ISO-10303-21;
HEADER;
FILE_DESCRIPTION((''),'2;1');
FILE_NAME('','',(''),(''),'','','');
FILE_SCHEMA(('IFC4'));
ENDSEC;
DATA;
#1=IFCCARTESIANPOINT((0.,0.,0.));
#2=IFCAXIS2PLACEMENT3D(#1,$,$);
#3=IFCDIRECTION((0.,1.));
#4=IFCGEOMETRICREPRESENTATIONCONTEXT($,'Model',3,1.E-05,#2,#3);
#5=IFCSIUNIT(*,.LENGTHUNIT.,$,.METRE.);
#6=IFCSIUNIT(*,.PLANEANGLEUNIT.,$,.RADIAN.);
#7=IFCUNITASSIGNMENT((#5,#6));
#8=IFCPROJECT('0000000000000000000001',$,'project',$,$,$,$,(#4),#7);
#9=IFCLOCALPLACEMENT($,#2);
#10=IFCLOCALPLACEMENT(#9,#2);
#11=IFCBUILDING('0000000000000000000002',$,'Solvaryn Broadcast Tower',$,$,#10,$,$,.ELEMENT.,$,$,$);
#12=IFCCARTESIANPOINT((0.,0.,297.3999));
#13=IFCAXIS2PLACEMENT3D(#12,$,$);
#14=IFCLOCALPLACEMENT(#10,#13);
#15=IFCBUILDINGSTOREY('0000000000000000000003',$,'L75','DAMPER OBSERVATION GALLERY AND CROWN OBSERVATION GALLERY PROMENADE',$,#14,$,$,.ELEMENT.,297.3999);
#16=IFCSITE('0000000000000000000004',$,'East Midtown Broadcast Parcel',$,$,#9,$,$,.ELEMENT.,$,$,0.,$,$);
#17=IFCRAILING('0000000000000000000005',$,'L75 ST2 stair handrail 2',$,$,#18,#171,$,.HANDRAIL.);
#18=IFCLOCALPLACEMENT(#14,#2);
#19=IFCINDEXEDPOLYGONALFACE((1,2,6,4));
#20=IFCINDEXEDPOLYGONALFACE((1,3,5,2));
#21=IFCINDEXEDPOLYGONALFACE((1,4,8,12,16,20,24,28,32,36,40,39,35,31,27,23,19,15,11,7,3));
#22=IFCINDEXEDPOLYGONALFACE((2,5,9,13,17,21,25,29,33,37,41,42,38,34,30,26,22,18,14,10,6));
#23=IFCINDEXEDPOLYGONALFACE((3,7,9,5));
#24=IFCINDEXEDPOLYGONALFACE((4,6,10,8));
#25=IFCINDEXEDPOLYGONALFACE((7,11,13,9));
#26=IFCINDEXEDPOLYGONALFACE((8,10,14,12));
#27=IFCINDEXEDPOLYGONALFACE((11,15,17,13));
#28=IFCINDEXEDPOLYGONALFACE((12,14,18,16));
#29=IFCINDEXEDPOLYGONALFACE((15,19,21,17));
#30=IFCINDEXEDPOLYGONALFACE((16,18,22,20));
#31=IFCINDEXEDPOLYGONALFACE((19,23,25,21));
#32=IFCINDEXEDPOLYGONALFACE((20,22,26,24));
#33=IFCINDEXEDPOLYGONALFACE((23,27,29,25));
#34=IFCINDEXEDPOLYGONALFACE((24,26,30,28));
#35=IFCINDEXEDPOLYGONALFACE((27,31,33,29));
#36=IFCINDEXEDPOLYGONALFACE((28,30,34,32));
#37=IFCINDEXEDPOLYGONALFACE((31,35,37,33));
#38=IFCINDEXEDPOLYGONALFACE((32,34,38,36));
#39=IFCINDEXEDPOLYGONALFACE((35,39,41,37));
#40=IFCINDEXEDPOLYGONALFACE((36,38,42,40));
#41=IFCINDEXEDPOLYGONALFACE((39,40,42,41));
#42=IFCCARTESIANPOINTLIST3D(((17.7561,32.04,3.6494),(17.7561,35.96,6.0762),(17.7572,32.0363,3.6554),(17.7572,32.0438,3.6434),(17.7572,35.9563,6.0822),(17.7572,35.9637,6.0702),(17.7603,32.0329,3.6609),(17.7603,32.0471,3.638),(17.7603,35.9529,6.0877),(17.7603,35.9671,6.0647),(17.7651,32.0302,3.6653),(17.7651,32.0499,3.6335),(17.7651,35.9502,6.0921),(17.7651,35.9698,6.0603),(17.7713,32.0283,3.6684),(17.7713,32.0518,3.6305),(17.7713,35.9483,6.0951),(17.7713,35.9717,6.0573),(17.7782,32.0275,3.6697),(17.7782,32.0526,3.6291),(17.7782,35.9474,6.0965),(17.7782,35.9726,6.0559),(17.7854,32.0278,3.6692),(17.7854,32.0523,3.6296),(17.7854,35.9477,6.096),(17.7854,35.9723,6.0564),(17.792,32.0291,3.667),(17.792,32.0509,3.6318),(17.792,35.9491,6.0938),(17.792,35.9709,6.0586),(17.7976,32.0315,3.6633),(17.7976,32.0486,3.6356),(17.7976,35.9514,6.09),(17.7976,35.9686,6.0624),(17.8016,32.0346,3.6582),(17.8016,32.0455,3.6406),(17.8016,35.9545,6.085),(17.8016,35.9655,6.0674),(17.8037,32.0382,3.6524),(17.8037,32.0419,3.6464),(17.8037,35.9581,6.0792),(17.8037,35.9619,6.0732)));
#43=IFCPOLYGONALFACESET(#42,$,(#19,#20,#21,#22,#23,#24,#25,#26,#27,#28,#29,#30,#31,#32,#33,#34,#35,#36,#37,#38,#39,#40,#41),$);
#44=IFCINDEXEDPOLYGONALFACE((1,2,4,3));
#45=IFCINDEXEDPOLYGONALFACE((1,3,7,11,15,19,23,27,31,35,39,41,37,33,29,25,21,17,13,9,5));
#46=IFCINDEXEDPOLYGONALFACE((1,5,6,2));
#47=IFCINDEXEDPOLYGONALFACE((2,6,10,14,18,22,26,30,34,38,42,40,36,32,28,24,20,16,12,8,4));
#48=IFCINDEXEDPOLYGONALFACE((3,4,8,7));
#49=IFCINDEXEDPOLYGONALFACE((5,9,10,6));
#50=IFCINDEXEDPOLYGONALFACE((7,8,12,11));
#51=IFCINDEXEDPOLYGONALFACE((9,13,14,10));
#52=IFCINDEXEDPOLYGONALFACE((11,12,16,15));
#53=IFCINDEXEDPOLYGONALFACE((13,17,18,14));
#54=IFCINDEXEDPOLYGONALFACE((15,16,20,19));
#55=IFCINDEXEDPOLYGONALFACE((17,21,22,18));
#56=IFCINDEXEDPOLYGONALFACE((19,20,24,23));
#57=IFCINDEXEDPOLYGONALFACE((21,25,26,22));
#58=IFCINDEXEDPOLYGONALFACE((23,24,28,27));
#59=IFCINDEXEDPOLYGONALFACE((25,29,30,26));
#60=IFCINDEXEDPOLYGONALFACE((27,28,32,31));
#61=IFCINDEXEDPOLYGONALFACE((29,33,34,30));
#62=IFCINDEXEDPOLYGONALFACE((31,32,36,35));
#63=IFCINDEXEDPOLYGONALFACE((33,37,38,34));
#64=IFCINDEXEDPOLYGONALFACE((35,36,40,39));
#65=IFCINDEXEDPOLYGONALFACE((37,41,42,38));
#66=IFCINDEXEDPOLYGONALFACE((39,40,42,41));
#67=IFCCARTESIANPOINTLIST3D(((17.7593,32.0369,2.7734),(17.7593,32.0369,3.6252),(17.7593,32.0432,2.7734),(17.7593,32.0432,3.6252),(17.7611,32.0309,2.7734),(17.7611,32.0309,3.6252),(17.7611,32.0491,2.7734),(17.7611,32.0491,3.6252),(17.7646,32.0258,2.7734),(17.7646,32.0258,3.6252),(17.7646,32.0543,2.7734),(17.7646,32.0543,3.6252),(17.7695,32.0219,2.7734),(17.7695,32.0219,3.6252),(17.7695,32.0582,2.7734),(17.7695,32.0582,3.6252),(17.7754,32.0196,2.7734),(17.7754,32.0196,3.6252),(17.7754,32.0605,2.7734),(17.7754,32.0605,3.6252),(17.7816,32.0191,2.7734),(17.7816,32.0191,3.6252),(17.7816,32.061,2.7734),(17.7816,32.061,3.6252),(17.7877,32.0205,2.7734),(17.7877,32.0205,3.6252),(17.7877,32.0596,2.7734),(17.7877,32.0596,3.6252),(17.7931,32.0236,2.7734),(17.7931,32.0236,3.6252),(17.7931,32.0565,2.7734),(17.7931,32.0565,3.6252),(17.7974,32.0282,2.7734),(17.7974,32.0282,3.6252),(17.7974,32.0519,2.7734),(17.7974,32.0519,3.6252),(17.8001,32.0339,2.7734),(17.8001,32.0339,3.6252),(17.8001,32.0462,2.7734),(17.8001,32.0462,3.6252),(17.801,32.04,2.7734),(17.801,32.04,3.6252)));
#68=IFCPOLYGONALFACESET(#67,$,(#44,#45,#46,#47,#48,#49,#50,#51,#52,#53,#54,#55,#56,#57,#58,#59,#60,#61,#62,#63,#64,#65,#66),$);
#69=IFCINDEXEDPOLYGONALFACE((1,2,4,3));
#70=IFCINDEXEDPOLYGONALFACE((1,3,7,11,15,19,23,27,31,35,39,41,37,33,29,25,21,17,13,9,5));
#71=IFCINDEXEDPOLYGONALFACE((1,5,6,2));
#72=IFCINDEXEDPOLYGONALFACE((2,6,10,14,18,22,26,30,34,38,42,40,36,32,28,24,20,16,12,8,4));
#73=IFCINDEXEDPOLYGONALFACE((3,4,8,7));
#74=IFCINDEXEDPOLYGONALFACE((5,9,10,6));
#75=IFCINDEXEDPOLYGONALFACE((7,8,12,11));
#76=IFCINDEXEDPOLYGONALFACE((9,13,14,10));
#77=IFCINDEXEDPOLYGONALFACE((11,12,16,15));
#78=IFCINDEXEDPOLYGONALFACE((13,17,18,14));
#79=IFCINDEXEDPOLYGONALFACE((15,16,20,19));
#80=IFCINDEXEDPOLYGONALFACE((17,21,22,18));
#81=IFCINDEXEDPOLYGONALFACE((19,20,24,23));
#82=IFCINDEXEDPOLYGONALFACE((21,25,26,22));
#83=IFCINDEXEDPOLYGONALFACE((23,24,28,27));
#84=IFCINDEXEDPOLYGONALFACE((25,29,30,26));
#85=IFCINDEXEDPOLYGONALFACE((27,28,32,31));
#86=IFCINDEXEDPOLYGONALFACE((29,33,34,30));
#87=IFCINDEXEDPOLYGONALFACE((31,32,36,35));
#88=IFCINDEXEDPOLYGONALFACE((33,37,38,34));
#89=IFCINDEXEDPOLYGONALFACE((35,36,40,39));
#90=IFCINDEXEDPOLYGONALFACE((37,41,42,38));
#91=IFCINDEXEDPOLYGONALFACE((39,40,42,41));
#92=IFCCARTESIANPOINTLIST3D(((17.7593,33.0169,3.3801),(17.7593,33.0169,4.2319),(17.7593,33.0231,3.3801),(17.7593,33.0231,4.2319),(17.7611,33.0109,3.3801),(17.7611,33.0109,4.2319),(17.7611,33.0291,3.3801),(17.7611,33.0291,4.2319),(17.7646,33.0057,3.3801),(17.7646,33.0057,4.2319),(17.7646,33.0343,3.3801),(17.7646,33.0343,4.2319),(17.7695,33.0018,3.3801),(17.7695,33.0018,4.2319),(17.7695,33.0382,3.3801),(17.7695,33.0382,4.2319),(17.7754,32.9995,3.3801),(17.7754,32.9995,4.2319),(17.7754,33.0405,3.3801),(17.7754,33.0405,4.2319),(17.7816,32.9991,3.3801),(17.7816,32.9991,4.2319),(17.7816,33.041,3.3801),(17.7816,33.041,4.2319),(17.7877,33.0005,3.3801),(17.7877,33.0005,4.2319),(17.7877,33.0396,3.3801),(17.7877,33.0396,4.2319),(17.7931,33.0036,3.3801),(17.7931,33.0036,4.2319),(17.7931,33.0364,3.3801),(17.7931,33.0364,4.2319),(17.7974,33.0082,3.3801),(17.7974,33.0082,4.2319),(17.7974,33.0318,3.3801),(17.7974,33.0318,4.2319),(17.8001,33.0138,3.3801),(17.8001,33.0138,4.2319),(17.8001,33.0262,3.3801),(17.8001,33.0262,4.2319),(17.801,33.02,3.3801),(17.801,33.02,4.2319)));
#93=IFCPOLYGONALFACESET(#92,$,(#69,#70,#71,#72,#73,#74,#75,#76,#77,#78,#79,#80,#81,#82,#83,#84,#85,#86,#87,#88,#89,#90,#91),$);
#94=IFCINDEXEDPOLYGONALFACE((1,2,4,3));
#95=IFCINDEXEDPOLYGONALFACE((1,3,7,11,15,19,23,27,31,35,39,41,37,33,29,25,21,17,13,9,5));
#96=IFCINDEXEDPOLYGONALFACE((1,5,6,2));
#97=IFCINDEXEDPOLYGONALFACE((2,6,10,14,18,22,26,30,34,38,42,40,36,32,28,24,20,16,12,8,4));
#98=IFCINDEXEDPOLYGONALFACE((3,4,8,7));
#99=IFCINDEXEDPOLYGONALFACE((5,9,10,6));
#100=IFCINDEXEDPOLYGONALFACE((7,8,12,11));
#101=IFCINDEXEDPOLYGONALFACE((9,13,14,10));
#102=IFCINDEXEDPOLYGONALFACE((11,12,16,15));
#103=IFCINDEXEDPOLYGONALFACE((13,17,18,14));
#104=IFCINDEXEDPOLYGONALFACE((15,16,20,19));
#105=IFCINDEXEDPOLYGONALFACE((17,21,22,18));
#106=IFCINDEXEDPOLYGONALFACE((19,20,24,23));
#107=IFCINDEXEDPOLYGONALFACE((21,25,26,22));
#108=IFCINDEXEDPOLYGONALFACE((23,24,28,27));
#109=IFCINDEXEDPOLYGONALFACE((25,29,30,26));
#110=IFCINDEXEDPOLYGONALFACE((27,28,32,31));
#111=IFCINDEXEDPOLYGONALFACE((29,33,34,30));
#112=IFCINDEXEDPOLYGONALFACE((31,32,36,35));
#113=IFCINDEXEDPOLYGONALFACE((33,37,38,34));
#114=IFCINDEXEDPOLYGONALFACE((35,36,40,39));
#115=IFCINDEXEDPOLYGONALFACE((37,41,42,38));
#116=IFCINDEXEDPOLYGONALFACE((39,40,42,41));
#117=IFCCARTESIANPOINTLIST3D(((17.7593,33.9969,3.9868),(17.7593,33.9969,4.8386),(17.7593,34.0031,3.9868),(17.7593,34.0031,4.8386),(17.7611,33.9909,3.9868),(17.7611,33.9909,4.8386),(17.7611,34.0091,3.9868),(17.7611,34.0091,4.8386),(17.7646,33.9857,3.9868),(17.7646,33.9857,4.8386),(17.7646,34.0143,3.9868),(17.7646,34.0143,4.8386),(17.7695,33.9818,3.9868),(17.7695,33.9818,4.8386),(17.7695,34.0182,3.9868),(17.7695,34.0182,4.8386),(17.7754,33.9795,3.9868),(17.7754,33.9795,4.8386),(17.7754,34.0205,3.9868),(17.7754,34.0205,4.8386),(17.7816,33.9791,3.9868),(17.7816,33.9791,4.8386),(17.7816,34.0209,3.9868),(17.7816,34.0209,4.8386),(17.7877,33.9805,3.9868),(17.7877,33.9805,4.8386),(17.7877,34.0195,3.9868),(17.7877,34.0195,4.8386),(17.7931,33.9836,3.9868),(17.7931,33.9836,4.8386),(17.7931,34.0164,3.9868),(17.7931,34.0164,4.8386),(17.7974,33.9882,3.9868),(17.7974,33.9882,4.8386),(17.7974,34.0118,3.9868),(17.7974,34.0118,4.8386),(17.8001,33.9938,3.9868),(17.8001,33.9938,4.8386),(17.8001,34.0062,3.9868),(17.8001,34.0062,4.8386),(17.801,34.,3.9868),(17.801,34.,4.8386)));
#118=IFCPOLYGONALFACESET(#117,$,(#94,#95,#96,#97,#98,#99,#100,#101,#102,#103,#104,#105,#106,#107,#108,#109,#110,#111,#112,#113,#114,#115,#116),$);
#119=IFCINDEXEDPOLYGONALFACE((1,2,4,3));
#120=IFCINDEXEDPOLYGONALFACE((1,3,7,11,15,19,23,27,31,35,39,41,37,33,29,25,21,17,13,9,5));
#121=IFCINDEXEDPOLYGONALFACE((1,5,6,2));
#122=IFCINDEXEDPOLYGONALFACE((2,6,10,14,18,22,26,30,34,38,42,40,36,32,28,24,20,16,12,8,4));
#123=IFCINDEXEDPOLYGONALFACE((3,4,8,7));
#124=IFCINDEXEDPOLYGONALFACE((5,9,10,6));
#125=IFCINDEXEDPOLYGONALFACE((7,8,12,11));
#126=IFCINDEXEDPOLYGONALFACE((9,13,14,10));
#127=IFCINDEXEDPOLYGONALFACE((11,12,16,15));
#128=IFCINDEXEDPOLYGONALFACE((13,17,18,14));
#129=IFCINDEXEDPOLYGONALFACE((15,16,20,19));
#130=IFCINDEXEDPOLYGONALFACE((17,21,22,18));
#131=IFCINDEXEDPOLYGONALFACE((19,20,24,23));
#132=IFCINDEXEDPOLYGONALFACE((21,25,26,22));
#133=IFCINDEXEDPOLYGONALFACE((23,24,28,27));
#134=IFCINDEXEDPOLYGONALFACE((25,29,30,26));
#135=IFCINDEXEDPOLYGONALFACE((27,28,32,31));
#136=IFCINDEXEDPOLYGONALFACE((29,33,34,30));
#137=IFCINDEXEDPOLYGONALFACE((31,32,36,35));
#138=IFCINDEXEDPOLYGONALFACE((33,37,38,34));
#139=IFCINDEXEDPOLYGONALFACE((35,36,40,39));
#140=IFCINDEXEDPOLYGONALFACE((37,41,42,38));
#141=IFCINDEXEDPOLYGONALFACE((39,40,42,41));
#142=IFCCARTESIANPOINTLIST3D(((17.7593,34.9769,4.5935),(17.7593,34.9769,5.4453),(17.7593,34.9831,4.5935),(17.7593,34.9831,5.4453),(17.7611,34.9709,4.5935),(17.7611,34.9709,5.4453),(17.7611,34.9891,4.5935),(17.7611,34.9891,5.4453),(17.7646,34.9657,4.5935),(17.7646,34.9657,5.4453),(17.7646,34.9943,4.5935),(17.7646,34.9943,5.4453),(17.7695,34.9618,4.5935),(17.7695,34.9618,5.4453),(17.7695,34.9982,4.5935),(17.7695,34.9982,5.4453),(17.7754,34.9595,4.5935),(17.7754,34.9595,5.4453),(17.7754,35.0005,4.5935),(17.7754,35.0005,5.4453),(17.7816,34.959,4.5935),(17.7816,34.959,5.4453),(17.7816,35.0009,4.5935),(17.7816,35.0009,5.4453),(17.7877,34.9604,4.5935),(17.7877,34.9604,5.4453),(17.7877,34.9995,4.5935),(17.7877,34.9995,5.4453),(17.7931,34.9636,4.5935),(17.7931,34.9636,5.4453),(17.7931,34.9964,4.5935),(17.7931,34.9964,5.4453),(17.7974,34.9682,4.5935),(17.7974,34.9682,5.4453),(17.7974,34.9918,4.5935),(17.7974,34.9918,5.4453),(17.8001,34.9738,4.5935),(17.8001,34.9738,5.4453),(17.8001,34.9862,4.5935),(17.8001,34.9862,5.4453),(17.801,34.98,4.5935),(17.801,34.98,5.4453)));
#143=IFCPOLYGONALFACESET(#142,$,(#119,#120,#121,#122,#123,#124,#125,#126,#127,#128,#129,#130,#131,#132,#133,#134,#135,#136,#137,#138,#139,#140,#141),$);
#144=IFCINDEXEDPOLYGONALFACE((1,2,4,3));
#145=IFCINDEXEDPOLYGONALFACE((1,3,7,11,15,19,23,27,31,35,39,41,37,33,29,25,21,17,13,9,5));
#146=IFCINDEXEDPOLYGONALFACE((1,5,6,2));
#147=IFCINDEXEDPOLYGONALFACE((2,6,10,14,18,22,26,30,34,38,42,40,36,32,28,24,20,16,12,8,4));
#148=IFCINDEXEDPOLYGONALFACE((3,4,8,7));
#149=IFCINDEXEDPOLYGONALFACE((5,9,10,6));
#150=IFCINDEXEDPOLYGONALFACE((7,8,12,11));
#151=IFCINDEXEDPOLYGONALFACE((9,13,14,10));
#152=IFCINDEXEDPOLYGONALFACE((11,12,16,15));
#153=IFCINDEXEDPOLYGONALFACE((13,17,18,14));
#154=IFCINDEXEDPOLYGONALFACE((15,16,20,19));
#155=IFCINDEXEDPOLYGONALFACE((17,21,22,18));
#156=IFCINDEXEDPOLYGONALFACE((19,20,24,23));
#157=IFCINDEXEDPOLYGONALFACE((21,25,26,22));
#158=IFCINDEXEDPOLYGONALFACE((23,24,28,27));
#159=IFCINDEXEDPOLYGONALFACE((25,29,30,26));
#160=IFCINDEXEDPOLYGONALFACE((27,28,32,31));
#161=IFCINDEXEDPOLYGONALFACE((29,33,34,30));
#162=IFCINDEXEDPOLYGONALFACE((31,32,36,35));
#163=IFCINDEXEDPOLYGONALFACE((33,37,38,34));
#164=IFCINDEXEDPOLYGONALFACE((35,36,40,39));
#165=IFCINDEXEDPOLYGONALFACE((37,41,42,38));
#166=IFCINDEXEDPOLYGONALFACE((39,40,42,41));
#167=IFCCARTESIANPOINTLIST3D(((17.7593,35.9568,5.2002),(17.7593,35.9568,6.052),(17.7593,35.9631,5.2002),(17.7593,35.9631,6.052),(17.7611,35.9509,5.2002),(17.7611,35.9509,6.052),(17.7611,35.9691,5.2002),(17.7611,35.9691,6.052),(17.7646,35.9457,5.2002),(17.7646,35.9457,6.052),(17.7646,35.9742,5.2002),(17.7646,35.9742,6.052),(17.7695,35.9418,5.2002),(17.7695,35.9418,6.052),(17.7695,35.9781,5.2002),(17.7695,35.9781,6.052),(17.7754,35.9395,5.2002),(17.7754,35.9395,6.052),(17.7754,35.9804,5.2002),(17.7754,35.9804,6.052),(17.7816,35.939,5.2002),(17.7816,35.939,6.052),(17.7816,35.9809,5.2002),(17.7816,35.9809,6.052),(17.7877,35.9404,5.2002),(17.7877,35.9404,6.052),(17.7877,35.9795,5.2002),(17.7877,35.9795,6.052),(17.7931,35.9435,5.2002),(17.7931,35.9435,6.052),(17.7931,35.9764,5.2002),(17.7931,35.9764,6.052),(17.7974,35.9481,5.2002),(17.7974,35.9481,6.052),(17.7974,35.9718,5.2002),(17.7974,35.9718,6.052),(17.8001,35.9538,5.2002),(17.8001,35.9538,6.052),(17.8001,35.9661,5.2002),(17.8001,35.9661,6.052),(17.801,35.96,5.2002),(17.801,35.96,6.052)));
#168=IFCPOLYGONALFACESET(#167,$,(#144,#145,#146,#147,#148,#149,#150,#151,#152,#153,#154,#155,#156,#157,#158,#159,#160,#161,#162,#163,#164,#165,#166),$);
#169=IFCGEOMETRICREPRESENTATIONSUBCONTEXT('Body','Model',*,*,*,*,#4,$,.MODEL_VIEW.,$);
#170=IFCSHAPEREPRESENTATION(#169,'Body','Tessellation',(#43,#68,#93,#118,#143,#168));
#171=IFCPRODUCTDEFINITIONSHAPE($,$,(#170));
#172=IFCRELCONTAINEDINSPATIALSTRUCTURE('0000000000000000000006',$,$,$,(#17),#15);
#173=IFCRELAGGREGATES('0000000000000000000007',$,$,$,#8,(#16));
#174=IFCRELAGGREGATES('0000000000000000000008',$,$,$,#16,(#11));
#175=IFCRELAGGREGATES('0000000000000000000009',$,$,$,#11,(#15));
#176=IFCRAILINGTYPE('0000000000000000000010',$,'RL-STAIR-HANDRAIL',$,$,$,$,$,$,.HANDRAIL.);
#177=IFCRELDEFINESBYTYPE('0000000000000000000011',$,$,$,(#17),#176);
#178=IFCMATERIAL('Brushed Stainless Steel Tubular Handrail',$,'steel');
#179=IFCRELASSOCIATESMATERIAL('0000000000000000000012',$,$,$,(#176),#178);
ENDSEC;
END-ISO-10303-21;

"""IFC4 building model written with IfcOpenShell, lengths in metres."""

from ifc_helpers import new_model, si_unit, direction, frame, origin, origin_2d, place, context, subcontext, project, spatial, circle, extrude, material, type_object, element, save


model = new_model("IFC4")

# Units and contexts
model_context = context("Model", 3, precision=1e-05, world=origin(), true_north=direction((0.0, 1.0)))
body_context = subcontext(model_context, "Body", "Model", "MODEL_VIEW")
ifc_project = project(units=[si_unit("LENGTHUNIT", "METRE"), si_unit("PLANEANGLEUNIT", "RADIAN")], contexts=[model_context])

# Site, building, storey
site_placement = place(None, origin())
site = spatial("IfcSite", under=ifc_project, at=site_placement, Name="East Midtown Broadcast Parcel", CompositionType="ELEMENT", RefElevation=0.0)
building_placement = place(site_placement, origin())
building = spatial("IfcBuilding", under=site, at=building_placement, Name="Solvaryn Broadcast Tower", CompositionType="ELEMENT")
storey_placement = place(building_placement, frame((0.0, 0.0, 297.3999)))
storey = spatial("IfcBuildingStorey", under=building, at=storey_placement, Name="L75", Description="DAMPER OBSERVATION GALLERY AND CROWN OBSERVATION GALLERY PROMENADE", CompositionType="ELEMENT", Elevation=297.3999)

# Railing
ifc_material_1 = material(Name="Brushed Stainless Steel Tubular Handrail", Category="steel")
railing_type_1 = type_object("IfcRailingType", Name="RL-STAIR-HANDRAIL", PredefinedType="HANDRAIL", material=ifc_material_1)
for number, where, name in (
    (1, (17.78, 32.04, 2.7734), "L75 ST2 stair handrail 2"),
):
    element("IfcRailing", number, at=place(storey_placement, frame(where)), inside=storey, type_object=railing_type_1, Name=name, PredefinedType="HANDRAIL", context=body_context, shape_type="SweptSolid", body=[
        extrude(circle(Radius=0.0239, at=origin_2d()), frame((0.0, 0.0, 0.876), z_axis=(0.0, 0.850252, 0.526376), x_axis=(-1.0, 0.0, 0.0)), (0.0, 0.0, 1.0), 4.6104),
        extrude(circle(Radius=0.021, at=origin_2d()), origin(), (0.0, 0.0, 1.0), 0.8518),
        extrude(circle(Radius=0.021, at=origin_2d()), frame((0.0, 0.98, 0.6067)), (0.0, 0.0, 1.0), 0.8518),
        extrude(circle(Radius=0.021, at=origin_2d()), frame((0.0, 1.96, 1.2134)), (0.0, 0.0, 1.0), 0.8518),
        extrude(circle(Radius=0.021, at=origin_2d()), frame((0.0, 2.9399, 1.8201)), (0.0, 0.0, 1.0), 0.8518),
        extrude(circle(Radius=0.021, at=origin_2d()), frame((0.0, 3.9199, 2.4268)), (0.0, 0.0, 1.0), 0.8518),
    ])

save(model, "model.ifc")
